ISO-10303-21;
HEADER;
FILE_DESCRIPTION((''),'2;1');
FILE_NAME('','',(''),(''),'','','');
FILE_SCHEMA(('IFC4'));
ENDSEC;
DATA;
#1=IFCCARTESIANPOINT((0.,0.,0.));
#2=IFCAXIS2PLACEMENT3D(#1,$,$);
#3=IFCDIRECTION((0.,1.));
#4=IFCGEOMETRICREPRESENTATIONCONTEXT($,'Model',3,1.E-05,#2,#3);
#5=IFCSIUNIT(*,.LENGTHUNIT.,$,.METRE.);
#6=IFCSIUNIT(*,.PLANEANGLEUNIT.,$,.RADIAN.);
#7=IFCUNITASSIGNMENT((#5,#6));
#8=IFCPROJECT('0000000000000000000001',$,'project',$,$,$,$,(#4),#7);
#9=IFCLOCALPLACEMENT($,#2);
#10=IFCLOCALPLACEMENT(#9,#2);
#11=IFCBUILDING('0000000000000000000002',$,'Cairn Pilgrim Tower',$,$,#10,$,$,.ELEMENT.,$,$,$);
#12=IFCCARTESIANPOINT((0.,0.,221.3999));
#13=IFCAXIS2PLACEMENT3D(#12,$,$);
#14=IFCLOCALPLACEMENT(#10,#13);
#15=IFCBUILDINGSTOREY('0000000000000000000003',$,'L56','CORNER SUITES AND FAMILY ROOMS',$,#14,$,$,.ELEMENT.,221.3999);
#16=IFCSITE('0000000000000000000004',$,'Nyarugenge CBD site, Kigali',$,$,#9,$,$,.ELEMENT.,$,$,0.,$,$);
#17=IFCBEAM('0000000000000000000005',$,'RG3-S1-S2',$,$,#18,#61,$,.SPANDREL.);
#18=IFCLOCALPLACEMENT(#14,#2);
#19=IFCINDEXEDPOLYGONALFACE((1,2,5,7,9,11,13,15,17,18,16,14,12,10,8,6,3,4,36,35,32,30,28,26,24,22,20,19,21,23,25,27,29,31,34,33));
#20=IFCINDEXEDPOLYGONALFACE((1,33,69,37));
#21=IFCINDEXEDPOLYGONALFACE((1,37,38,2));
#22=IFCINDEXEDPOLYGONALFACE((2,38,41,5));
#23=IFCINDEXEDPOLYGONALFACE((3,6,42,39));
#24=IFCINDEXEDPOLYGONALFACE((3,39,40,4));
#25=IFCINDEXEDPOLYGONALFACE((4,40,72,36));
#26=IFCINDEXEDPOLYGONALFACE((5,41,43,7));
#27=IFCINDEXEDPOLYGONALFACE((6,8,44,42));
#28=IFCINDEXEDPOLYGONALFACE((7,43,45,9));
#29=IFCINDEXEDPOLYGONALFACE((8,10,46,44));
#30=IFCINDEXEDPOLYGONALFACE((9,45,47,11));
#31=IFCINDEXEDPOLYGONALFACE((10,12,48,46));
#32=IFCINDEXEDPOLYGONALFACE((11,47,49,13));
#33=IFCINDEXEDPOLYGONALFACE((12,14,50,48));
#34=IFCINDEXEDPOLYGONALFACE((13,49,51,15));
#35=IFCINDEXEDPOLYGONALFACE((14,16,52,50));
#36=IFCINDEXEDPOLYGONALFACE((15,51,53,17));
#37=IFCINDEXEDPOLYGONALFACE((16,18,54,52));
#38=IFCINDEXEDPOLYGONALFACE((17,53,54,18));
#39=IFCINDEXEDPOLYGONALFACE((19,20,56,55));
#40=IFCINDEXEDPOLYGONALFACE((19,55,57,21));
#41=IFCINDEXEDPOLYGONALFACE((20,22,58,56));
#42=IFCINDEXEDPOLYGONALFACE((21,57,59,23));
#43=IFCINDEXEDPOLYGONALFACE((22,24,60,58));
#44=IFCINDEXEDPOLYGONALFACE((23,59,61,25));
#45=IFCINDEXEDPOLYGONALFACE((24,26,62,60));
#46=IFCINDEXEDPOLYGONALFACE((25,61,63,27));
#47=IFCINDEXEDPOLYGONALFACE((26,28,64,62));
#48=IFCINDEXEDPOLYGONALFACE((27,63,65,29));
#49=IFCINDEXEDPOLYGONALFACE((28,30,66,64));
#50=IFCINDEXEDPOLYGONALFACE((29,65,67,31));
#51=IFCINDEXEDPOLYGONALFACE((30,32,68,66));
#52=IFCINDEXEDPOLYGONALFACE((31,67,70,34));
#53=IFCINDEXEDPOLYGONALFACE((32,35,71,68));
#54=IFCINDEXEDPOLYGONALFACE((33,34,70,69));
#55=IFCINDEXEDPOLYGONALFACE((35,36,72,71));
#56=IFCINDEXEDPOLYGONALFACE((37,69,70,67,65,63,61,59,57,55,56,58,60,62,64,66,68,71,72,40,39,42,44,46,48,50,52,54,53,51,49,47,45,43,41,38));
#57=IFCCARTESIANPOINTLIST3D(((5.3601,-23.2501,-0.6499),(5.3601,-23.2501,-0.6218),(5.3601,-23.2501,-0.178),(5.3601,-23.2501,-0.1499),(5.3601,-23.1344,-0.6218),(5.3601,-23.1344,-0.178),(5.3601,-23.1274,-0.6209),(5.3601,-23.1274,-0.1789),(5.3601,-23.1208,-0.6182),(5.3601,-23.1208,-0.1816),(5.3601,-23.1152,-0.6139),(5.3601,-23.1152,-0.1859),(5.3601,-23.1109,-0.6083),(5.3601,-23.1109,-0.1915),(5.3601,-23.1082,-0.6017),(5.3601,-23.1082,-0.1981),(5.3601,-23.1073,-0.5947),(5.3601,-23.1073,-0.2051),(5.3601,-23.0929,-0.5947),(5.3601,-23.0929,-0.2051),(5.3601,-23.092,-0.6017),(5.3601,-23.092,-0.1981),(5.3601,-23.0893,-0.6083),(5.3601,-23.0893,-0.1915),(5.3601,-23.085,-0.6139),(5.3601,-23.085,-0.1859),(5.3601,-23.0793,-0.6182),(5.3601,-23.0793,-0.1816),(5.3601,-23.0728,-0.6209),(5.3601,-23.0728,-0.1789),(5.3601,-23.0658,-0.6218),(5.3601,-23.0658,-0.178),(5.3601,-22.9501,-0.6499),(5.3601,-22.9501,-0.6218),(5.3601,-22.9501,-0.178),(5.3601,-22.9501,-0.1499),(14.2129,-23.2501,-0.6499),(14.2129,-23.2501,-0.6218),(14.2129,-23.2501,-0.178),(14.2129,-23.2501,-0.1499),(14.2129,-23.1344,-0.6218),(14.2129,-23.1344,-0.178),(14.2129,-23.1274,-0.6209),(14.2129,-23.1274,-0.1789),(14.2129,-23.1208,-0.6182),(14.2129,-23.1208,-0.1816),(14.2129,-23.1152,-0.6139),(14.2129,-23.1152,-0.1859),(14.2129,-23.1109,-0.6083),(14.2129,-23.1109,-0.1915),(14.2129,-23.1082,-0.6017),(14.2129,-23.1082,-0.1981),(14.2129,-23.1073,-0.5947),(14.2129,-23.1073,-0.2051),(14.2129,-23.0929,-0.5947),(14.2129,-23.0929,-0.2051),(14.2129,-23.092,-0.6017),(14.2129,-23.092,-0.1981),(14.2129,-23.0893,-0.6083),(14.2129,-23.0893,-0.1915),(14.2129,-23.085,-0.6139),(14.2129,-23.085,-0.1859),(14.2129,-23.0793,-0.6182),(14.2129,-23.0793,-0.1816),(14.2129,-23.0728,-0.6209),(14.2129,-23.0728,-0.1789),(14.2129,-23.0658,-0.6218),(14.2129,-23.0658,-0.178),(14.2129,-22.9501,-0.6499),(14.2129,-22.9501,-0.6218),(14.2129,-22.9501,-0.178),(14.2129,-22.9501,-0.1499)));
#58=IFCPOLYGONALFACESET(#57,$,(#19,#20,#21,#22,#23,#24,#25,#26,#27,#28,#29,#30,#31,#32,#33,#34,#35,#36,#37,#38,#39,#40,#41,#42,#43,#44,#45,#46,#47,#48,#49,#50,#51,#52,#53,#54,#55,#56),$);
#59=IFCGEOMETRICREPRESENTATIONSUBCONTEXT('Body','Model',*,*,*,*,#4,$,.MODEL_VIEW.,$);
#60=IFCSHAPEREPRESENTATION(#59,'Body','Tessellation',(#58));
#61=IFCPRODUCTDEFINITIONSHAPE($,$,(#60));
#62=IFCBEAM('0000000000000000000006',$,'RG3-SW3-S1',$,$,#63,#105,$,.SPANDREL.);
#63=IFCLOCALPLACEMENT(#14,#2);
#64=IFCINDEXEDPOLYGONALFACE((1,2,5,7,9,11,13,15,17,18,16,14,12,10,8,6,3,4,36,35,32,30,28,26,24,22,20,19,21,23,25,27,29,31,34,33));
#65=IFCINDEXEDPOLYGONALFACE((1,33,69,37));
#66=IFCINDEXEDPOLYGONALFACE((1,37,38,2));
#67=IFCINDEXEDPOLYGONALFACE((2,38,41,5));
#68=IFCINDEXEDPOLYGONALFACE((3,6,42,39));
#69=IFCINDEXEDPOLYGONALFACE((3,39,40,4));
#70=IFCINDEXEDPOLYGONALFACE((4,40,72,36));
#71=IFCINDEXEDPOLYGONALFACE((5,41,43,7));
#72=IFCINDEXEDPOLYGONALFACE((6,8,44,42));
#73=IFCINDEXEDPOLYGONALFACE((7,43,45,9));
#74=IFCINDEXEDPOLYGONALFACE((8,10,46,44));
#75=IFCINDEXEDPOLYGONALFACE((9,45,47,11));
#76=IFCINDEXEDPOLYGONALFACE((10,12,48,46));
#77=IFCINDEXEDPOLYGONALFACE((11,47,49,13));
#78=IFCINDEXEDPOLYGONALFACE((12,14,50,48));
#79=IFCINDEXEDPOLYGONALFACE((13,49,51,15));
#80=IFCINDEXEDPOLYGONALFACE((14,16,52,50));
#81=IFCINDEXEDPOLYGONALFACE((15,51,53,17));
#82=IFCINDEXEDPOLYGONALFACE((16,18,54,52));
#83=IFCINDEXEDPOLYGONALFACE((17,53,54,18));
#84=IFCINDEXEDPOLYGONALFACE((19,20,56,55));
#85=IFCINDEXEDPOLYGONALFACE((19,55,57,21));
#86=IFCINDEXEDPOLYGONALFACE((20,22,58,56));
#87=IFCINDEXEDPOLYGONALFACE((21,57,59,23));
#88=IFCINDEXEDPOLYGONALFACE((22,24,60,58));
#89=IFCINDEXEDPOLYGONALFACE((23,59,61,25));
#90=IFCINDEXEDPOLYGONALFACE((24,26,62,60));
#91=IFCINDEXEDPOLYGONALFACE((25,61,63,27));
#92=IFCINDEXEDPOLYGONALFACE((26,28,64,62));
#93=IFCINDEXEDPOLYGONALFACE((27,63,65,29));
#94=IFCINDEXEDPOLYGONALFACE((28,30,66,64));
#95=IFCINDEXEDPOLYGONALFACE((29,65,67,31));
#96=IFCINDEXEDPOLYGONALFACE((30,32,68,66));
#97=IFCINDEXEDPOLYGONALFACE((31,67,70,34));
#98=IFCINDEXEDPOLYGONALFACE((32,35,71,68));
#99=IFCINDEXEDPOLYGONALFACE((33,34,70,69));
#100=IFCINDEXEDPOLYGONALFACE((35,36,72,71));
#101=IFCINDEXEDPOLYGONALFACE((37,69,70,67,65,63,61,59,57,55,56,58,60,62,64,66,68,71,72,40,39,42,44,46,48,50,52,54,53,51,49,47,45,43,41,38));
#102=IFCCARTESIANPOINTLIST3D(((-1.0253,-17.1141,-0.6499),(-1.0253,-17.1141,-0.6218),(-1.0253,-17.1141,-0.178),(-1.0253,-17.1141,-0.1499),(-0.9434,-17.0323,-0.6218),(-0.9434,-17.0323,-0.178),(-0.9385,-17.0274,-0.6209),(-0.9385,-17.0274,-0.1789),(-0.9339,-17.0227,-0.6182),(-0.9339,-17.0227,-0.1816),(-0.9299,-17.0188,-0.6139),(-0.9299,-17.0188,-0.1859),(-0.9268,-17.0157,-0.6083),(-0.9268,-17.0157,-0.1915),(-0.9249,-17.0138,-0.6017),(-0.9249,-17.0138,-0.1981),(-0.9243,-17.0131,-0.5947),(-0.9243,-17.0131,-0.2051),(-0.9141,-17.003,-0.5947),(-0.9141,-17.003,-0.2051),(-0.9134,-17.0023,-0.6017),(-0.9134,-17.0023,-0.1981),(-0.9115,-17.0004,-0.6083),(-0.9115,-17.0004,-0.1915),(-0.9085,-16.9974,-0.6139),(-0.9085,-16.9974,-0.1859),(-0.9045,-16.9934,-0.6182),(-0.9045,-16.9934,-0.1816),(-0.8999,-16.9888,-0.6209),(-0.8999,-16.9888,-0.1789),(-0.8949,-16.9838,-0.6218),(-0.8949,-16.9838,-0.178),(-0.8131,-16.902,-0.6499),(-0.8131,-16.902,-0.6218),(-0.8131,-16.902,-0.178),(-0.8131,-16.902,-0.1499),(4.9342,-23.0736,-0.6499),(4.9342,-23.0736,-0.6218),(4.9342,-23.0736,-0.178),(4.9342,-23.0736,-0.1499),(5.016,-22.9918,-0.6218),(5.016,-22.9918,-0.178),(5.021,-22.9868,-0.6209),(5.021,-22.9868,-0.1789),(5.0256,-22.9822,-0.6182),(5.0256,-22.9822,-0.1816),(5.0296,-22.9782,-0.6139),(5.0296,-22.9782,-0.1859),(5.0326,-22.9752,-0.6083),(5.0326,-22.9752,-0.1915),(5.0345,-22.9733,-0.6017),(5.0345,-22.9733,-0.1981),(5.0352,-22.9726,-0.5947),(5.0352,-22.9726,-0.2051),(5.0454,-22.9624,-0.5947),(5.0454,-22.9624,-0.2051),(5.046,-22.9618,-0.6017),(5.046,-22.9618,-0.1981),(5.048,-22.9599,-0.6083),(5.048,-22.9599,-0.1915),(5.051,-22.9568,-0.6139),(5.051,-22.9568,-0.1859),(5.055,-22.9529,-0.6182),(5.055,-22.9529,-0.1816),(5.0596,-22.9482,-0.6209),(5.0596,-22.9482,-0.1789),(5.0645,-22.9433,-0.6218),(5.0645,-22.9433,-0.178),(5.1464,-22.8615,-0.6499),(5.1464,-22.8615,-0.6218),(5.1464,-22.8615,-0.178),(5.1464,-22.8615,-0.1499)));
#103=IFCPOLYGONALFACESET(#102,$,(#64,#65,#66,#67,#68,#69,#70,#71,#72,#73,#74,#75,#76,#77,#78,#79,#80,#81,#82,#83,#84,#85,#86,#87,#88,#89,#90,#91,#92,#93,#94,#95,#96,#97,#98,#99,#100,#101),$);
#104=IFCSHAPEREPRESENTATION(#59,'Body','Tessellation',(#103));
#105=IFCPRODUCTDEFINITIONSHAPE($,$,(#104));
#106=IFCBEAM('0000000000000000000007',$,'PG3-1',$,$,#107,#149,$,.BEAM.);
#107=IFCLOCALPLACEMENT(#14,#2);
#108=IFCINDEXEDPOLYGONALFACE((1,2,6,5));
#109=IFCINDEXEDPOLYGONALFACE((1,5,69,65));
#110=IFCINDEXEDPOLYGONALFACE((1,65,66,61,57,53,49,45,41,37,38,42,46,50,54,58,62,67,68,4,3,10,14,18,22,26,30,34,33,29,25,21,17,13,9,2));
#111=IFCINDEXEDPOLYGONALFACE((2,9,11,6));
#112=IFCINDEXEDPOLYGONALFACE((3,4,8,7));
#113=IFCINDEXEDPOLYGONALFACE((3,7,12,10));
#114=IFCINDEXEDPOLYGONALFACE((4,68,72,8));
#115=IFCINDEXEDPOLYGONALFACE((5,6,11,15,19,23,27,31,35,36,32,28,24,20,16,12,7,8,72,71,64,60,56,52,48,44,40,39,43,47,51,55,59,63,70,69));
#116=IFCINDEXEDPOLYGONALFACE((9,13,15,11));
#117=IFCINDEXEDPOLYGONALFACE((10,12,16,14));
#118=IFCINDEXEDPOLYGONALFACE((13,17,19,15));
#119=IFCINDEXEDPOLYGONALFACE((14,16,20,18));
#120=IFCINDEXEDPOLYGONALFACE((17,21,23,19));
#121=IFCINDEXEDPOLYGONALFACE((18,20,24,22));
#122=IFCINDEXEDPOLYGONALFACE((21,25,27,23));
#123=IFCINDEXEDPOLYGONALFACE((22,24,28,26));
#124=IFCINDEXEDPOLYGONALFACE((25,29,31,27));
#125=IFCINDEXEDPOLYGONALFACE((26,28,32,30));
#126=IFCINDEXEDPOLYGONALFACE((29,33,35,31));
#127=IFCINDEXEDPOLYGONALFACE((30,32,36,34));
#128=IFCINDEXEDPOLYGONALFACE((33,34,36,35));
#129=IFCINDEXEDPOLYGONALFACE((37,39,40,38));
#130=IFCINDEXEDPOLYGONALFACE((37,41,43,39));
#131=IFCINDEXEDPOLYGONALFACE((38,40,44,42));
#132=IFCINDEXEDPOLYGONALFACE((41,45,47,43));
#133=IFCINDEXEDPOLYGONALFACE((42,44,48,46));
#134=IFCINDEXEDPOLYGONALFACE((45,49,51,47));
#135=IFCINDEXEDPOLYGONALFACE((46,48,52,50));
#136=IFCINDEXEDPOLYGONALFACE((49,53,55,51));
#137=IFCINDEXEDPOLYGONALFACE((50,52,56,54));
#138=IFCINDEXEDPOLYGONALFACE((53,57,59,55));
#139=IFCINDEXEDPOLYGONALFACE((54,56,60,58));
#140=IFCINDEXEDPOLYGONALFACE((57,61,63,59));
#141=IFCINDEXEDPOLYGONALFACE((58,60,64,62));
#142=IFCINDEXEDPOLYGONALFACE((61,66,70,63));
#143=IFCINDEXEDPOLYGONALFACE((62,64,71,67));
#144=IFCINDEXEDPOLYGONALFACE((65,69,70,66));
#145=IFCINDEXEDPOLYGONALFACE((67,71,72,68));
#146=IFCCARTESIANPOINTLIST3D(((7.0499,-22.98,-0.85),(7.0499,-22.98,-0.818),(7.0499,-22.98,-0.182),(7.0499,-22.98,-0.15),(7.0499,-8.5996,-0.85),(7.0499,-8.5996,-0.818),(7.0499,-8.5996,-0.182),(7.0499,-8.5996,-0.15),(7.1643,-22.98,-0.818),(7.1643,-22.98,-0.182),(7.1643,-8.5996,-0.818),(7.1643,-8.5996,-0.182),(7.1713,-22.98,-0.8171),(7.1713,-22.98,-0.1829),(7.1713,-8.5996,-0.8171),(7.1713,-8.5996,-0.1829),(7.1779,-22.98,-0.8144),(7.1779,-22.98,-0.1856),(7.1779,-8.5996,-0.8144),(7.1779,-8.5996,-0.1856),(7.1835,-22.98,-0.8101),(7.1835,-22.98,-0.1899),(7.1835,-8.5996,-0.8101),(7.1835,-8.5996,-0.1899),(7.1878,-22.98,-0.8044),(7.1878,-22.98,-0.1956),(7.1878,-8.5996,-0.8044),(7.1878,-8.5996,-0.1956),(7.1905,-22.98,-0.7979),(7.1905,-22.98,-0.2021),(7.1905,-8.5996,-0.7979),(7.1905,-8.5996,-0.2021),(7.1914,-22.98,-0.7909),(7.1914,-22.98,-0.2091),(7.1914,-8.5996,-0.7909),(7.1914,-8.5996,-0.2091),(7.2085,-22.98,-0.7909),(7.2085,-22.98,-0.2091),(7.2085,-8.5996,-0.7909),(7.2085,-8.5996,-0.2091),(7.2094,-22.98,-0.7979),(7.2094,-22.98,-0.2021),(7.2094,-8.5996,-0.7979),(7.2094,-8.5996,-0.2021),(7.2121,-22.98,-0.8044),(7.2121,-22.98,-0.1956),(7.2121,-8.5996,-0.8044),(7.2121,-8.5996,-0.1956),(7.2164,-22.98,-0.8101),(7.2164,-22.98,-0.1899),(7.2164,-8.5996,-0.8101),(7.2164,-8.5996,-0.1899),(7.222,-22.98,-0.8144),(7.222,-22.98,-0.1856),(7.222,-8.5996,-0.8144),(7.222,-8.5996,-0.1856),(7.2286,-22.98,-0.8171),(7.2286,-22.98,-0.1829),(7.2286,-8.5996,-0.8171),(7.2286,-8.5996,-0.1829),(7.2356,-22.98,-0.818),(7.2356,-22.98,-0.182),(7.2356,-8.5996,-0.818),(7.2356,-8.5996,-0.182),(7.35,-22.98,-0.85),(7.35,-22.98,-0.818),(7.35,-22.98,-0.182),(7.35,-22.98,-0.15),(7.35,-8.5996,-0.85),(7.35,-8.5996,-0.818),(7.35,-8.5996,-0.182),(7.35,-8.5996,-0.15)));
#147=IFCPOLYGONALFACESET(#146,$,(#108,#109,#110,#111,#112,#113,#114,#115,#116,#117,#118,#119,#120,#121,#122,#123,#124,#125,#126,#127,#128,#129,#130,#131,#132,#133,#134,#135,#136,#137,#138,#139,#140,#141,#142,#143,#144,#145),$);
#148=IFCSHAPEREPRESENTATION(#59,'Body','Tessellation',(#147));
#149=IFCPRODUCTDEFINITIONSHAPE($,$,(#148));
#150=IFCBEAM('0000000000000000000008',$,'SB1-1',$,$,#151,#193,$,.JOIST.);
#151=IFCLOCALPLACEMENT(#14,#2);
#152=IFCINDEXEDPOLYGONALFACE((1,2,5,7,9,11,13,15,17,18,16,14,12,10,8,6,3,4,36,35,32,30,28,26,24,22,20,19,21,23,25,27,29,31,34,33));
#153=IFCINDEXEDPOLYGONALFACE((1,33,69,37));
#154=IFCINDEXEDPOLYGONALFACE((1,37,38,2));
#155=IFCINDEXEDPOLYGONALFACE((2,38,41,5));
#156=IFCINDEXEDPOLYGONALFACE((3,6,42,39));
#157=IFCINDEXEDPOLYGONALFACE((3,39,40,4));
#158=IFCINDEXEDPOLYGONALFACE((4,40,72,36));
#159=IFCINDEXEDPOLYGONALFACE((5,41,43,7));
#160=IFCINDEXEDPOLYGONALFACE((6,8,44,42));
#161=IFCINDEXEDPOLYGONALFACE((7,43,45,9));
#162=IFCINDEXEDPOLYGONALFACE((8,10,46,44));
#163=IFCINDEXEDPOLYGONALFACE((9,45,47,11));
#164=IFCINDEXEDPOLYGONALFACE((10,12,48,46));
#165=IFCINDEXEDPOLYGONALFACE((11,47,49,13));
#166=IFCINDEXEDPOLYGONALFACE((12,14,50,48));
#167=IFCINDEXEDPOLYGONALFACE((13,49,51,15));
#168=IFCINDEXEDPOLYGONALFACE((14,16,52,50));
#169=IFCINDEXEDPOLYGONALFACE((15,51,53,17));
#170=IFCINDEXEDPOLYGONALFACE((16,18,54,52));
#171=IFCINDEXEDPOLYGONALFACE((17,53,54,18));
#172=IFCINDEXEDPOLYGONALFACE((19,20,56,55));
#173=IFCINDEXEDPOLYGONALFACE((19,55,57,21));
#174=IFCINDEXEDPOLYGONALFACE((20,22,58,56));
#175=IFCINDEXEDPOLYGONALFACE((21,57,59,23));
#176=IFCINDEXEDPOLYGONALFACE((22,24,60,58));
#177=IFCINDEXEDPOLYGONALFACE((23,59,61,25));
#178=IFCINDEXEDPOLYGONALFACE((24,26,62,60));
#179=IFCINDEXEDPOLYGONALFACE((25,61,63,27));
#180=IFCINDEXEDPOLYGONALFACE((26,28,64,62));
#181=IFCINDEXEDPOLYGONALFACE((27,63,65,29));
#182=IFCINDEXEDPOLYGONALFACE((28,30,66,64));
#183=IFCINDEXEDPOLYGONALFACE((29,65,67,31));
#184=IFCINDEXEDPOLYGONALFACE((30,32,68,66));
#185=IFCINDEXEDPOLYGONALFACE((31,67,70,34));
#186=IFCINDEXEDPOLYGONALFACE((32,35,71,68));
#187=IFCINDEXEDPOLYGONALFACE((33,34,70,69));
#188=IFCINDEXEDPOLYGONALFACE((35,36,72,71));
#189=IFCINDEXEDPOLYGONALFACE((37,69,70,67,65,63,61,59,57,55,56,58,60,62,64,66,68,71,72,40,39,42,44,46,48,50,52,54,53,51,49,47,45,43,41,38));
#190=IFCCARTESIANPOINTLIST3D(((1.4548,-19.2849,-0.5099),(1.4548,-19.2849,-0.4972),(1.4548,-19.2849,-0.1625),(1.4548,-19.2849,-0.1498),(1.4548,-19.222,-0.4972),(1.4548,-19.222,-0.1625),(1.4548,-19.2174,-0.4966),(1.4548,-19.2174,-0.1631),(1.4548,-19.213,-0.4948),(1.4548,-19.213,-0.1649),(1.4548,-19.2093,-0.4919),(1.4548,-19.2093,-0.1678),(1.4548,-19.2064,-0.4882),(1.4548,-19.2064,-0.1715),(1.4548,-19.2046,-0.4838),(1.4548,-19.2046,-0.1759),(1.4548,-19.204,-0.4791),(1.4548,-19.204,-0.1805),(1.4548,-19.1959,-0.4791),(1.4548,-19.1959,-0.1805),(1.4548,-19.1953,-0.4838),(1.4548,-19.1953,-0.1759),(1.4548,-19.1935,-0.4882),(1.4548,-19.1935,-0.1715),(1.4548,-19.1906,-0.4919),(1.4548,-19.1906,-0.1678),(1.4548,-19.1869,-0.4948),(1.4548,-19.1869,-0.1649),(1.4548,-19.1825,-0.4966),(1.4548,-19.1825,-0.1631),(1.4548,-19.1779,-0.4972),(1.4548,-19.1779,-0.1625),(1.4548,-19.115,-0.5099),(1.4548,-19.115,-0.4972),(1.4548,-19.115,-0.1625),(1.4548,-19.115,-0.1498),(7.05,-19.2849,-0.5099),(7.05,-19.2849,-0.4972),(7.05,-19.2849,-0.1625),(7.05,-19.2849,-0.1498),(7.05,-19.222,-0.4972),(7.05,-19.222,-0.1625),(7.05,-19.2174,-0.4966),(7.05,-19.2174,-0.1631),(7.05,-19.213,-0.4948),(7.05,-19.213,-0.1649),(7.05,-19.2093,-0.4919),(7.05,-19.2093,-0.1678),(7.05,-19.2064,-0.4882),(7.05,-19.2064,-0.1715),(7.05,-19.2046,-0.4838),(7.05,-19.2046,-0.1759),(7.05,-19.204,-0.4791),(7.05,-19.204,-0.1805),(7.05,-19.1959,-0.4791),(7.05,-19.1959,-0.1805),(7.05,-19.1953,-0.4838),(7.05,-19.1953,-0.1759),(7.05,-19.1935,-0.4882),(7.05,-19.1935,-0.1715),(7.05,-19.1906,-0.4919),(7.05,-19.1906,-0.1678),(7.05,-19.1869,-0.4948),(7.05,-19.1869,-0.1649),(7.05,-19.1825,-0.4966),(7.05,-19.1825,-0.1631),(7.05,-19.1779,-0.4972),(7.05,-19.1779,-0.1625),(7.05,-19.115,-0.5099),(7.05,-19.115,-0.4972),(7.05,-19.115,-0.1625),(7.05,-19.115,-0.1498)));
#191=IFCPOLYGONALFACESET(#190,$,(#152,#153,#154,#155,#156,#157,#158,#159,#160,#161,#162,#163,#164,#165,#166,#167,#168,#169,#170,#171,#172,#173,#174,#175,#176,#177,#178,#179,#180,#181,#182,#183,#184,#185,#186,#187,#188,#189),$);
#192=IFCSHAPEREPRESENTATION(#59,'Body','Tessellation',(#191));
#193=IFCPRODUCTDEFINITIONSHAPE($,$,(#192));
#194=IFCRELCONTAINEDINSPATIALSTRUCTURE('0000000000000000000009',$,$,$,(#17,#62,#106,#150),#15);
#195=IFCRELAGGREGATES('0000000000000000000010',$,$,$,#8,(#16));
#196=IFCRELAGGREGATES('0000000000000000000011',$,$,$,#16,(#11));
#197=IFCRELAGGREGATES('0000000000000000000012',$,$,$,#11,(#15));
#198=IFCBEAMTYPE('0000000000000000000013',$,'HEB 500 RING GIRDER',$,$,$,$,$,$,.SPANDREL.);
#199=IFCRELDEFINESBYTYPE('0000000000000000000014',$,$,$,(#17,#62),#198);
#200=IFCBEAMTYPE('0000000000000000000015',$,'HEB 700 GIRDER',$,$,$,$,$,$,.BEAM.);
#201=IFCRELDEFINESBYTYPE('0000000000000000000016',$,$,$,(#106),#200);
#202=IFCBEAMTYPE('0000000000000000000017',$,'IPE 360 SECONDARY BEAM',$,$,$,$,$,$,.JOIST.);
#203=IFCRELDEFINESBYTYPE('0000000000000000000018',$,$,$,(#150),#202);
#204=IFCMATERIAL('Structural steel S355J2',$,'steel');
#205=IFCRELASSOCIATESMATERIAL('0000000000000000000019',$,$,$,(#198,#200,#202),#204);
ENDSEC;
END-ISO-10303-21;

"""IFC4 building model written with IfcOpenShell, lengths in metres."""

from ifc_helpers import new_model, si_unit, direction, frame, origin, origin_2d, place, context, subcontext, project, spatial, i_section, extrude, material, material_profile, profile_set, type_object, element, save


model = new_model("IFC4")

# Units and contexts
model_context = context("Model", 3, precision=1e-05, world=origin(), true_north=direction((0.0, 1.0)))
body_context = subcontext(model_context, "Body", "Model", "MODEL_VIEW")
ifc_project = project(units=[si_unit("LENGTHUNIT", "METRE"), si_unit("PLANEANGLEUNIT", "RADIAN")], contexts=[model_context])

# Site, building, storey
site_placement = place(None, origin())
site = spatial("IfcSite", under=ifc_project, at=site_placement, Name="Nyarugenge CBD site, Kigali", CompositionType="ELEMENT", RefElevation=0.0)
building_placement = place(site_placement, origin())
building = spatial("IfcBuilding", under=site, at=building_placement, Name="Cairn Pilgrim Tower", CompositionType="ELEMENT")
storey_placement = place(building_placement, frame((0.0, 0.0, 221.3999)))
storey = spatial("IfcBuildingStorey", under=building, at=storey_placement, Name="L56", Description="CORNER SUITES AND FAMILY ROOMS", CompositionType="ELEMENT", Elevation=221.3999)

# Beams
ifc_material_1 = material(Name="Structural steel S355J2", Category="steel")
ifc_material_profile_1 = material_profile(ifc_material_1, i_section(OverallWidth=0.3, OverallDepth=0.5, WebThickness=0.0144, FlangeThickness=0.0281, FilletRadius=0.0271, at=origin_2d()), Name="HEB 500")
ifc_profile_set_1 = profile_set([ifc_material_profile_1], Name="Structural steel S355J2")
beam_type_1 = type_object("IfcBeamType", Name="HEB 500 RING GIRDER", PredefinedType="SPANDREL", material=ifc_profile_set_1)
beam_1_placement = place(storey_placement, frame((5.3601, -23.1001, -0.3999), z_axis=(1.0, 0.0, 0.0), x_axis=(0.0, 1.0, 0.0)))
element("IfcBeam", 1, at=beam_1_placement, inside=storey, type_object=beam_type_1, Name="RG3-S1-S2", PredefinedType="SPANDREL", context=body_context, shape_type="SweptSolid", body=[
    extrude(i_section(OverallWidth=0.3, OverallDepth=0.5, WebThickness=0.0144, FlangeThickness=0.0281, FilletRadius=0.0271, at=origin_2d()), origin(), (0.0, 0.0, 1.0), 8.8528),
])
beam_2_placement = place(storey_placement, frame((-0.9192, -17.0081, -0.3999), z_axis=(0.707107, -0.707107, 0.0), x_axis=(0.707107, 0.707107, 0.0)))
element("IfcBeam", 2, at=beam_2_placement, inside=storey, type_object=beam_type_1, Name="RG3-SW3-S1", PredefinedType="SPANDREL", context=body_context, shape_type="SweptSolid", body=[
    extrude(i_section(OverallWidth=0.3, OverallDepth=0.5, WebThickness=0.0144, FlangeThickness=0.0281, FilletRadius=0.0271, at=origin_2d()), origin(), (0.0, 0.0, 1.0), 8.428),
])
ifc_material_profile_2 = material_profile(ifc_material_1, i_section(OverallWidth=0.3, OverallDepth=0.7, WebThickness=0.0171, FlangeThickness=0.032, FilletRadius=0.0271, at=origin_2d()), Name="HEB 700")
ifc_profile_set_2 = profile_set([ifc_material_profile_2], Name="Structural steel S355J2")
beam_type_2 = type_object("IfcBeamType", Name="HEB 700 GIRDER", PredefinedType="BEAM", material=ifc_profile_set_2)
beam_3_placement = place(storey_placement, frame((7.2, -22.98, -0.5), z_axis=(0.0, 1.0, 0.0), x_axis=(-1.0, 0.0, 0.0)))
element("IfcBeam", 3, at=beam_3_placement, inside=storey, type_object=beam_type_2, Name="PG3-1", PredefinedType="BEAM", context=body_context, shape_type="SweptSolid", body=[
    extrude(i_section(OverallWidth=0.3, OverallDepth=0.7, WebThickness=0.0171, FlangeThickness=0.032, FilletRadius=0.0271, at=origin_2d()), origin(), (0.0, 0.0, 1.0), 14.3804),
])
ifc_material_profile_3 = material_profile(ifc_material_1, i_section(OverallWidth=0.1699, OverallDepth=0.3601, WebThickness=0.0081, FlangeThickness=0.0127, FilletRadius=0.0181, at=origin_2d()), Name="IPE 360")
ifc_profile_set_3 = profile_set([ifc_material_profile_3], Name="Structural steel S355J2")
beam_type_3 = type_object("IfcBeamType", Name="IPE 360 SECONDARY BEAM", PredefinedType="JOIST", material=ifc_profile_set_3)
beam_4_placement = place(storey_placement, frame((1.4548, -19.2, -0.3298), z_axis=(1.0, 0.0, 0.0), x_axis=(0.0, 1.0, 0.0)))
element("IfcBeam", 4, at=beam_4_placement, inside=storey, type_object=beam_type_3, Name="SB1-1", PredefinedType="JOIST", context=body_context, shape_type="SweptSolid", body=[
    extrude(i_section(OverallWidth=0.1699, OverallDepth=0.3601, WebThickness=0.0081, FlangeThickness=0.0127, FilletRadius=0.0181, at=origin_2d()), origin(), (0.0, 0.0, 1.0), 5.5952),
])

save(model, "model.ifc")
